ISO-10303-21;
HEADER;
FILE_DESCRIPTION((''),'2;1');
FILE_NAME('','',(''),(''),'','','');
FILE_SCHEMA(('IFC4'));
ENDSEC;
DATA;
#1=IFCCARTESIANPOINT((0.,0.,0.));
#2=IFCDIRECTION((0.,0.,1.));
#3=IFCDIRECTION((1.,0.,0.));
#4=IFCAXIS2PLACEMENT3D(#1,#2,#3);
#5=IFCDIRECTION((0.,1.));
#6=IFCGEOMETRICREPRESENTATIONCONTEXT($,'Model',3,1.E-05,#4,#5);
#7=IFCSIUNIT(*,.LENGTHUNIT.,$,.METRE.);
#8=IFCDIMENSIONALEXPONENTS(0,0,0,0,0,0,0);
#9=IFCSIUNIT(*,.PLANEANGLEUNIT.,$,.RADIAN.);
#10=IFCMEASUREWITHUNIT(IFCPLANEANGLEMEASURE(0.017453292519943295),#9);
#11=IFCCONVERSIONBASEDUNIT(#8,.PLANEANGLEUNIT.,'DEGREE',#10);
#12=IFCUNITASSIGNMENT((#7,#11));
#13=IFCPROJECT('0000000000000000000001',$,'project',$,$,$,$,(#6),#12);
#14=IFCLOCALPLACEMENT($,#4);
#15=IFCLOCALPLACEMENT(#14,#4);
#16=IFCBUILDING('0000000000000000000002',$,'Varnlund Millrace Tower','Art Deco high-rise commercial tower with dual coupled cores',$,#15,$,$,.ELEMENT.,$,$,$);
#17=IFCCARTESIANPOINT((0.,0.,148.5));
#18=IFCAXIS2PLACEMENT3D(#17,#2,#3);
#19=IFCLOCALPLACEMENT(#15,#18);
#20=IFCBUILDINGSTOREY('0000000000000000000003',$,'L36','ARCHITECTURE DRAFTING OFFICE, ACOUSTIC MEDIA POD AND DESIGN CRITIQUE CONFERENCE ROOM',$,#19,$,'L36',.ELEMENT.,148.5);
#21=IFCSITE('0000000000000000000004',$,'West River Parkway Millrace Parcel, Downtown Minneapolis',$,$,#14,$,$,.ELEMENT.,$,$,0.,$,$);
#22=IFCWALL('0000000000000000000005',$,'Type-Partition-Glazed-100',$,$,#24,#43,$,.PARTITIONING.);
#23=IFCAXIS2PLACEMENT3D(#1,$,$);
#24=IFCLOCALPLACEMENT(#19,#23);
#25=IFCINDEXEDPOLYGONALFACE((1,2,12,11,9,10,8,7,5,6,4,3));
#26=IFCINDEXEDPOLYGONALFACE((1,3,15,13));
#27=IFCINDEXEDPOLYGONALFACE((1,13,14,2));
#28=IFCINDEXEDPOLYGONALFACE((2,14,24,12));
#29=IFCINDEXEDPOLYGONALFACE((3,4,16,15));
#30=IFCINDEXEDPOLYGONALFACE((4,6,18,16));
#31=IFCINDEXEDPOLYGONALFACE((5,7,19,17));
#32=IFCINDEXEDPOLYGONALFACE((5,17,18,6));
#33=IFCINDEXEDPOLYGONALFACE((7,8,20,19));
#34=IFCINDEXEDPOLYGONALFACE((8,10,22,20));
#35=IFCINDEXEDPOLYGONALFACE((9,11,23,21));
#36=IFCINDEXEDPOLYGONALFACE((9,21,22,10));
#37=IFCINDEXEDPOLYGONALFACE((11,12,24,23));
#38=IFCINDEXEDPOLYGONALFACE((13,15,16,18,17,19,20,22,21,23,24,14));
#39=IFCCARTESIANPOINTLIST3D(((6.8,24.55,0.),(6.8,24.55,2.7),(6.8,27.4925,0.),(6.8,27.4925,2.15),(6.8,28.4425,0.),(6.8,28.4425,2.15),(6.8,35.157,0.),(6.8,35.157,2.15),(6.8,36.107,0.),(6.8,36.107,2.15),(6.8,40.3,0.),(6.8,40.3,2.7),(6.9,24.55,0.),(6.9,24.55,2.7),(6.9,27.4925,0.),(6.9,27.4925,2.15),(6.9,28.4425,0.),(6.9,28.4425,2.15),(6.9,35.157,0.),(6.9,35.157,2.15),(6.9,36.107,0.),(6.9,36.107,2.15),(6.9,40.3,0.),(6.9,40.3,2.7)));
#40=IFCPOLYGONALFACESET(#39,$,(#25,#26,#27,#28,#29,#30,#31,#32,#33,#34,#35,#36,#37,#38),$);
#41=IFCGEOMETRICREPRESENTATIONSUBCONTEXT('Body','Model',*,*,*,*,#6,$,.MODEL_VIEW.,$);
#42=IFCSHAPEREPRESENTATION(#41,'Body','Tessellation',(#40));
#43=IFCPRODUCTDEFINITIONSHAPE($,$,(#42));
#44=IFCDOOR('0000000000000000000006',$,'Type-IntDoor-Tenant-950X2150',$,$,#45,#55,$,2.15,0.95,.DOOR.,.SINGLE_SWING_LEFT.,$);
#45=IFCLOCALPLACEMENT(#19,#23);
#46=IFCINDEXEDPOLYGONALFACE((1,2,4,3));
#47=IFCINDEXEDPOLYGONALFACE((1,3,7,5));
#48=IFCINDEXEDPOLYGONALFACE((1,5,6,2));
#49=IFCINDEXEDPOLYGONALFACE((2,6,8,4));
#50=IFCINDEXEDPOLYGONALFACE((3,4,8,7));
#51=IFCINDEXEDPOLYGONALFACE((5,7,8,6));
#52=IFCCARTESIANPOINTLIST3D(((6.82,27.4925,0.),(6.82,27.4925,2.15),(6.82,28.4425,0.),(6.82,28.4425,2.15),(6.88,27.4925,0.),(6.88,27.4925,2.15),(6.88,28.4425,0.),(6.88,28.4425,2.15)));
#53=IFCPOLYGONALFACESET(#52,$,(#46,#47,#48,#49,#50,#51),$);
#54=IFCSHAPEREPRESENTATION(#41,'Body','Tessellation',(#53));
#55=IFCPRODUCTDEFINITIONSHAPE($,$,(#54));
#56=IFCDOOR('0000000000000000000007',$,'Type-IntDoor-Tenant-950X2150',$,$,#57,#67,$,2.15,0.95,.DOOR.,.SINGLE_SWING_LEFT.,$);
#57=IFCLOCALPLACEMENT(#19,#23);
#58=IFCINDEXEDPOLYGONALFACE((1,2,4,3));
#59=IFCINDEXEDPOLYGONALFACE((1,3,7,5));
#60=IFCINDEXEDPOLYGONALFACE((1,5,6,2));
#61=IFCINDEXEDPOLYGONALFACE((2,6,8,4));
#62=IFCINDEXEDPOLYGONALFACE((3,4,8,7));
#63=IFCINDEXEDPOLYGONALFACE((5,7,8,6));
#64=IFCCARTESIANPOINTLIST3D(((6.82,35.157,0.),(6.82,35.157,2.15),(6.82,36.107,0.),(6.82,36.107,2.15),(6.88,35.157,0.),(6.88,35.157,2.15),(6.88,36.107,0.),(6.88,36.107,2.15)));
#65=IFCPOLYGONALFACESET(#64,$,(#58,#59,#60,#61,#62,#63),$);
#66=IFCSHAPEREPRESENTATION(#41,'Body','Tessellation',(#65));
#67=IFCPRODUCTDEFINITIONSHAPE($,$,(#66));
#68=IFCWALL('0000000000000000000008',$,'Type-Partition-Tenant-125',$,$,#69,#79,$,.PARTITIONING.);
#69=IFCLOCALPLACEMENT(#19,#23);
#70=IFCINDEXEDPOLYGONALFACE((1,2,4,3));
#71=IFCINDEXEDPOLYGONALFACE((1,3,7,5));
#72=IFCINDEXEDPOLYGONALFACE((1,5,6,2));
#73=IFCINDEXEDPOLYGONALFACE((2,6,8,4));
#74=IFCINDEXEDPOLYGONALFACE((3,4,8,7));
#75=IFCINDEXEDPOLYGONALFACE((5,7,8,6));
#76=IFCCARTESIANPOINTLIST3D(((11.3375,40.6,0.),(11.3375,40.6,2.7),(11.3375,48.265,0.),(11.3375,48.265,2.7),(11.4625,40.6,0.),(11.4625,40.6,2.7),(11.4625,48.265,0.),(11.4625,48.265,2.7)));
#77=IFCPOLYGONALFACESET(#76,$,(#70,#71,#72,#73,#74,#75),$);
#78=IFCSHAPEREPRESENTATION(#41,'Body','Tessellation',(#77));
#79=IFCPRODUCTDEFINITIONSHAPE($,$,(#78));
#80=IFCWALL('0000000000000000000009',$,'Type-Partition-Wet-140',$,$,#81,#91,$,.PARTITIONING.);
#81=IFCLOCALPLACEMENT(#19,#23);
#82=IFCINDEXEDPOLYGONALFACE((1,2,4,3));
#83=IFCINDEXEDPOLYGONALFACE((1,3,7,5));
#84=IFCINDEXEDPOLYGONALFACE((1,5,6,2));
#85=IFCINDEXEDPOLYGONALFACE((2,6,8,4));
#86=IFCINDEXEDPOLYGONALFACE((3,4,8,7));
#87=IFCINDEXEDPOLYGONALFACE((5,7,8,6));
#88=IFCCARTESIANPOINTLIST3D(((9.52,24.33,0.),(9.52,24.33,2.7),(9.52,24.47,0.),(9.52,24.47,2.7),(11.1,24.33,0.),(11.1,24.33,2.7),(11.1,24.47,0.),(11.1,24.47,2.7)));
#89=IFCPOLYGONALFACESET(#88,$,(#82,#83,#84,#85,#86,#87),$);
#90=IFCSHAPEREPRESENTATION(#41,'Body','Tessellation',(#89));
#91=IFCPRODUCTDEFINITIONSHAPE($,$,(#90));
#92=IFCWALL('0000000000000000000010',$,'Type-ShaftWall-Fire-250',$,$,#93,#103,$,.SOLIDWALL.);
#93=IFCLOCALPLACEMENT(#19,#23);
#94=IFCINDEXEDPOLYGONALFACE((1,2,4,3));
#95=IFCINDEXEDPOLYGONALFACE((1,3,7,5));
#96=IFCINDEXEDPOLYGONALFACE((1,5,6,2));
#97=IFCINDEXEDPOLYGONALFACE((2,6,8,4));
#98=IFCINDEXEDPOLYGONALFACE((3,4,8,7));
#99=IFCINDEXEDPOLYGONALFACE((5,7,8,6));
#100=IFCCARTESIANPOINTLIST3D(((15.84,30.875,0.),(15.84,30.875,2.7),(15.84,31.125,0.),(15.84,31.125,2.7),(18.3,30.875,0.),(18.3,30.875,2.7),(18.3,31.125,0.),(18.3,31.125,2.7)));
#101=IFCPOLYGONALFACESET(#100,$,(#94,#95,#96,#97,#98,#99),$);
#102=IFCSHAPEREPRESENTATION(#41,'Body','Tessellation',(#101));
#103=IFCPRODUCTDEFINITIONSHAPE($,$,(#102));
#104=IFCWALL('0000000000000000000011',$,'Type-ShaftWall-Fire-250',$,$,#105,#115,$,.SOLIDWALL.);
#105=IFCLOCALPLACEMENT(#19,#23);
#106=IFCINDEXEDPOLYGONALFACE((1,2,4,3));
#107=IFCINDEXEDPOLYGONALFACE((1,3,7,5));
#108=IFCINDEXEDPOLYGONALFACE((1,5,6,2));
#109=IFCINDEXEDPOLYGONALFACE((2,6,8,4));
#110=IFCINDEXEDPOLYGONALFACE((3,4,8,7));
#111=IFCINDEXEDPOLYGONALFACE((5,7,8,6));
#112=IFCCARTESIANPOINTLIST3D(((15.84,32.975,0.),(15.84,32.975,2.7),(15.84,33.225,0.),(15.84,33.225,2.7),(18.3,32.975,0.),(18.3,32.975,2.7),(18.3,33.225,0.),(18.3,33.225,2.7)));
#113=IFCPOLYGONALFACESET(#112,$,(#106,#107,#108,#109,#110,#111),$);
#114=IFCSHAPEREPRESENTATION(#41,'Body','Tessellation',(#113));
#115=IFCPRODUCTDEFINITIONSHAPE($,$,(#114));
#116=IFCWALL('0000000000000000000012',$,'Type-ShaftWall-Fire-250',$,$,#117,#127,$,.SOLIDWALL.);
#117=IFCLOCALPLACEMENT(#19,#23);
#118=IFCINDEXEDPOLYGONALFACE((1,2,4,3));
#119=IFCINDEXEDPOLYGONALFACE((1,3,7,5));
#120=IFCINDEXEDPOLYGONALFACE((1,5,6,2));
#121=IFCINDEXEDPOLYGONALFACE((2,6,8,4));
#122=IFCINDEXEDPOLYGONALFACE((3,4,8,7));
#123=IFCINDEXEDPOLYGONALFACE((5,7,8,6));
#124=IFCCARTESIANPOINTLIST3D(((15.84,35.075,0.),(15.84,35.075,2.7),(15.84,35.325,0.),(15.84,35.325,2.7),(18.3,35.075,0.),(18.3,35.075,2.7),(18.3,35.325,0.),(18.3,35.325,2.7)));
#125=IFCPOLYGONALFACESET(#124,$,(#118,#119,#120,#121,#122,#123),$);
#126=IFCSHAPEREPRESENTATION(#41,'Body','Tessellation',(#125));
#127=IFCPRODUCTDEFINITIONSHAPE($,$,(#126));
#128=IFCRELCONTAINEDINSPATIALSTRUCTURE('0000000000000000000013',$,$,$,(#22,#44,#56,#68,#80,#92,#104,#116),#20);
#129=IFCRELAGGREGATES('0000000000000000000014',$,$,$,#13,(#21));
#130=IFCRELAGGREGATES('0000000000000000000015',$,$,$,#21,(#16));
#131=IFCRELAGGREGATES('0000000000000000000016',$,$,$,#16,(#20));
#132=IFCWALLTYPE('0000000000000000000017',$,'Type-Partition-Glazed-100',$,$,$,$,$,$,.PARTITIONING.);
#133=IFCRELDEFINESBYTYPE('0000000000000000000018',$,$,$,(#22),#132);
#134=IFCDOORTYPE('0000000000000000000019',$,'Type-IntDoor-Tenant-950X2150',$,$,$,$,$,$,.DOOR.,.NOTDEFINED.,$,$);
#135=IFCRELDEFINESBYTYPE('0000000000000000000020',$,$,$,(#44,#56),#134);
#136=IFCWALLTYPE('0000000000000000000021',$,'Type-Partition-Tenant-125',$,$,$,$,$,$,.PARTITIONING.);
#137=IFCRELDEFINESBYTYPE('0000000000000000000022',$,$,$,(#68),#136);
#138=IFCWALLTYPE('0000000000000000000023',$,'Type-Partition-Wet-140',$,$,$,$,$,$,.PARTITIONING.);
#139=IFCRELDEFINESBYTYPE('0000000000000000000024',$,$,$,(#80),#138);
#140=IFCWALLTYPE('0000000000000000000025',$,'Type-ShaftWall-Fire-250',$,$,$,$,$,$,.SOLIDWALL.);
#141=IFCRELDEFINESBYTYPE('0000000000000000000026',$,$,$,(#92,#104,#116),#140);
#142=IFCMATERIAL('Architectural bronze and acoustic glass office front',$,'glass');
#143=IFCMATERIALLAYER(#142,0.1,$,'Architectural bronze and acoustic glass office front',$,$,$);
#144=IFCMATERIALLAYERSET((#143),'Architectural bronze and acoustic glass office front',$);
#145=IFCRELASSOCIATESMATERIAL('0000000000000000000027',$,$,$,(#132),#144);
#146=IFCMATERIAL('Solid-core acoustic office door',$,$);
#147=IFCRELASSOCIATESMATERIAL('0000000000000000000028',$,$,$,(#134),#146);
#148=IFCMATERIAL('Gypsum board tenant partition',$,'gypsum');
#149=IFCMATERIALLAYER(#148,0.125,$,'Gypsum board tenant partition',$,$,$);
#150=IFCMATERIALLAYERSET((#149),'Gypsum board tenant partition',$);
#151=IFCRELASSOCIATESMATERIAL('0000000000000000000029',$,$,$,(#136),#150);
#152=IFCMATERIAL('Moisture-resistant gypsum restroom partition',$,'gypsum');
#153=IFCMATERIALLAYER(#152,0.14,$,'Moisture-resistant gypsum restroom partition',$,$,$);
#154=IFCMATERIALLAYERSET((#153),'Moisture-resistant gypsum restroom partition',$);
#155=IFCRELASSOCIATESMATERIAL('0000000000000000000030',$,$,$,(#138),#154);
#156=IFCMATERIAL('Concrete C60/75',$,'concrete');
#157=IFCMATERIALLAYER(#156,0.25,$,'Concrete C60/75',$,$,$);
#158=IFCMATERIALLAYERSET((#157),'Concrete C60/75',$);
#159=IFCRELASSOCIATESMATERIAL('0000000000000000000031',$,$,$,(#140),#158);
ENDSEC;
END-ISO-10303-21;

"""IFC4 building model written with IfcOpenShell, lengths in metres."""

from ifc_helpers import new_model, entity, si_unit, converted_unit, direction, frame, origin_with_axes, origin_2d_with_axis, place, context, subcontext, project, spatial, polyline, rectangle, outline, extrude, material, layer, layer_set, type_object, element, fill, save


model = new_model("IFC4")

# Units and contexts
model_context = context("Model", 3, precision=1e-05, world=origin_with_axes(), true_north=direction((0.0, 1.0)))
body_context = subcontext(model_context, "Body", "Model", "MODEL_VIEW")
ifc_project = project(units=[si_unit("LENGTHUNIT", "METRE"), converted_unit("PLANEANGLEUNIT", "DEGREE", entity("IfcPlaneAngleMeasure", 0.017453292519943295), si_unit("PLANEANGLEUNIT", "RADIAN"), dimensions=[0, 0, 0, 0, 0, 0, 0])], contexts=[model_context])

# Site, building, storey
site_placement = place(None, origin_with_axes())
site = spatial("IfcSite", under=ifc_project, at=site_placement, Name="West River Parkway Millrace Parcel, Downtown Minneapolis", CompositionType="ELEMENT", RefElevation=0.0)
building_placement = place(site_placement, origin_with_axes())
building = spatial("IfcBuilding", under=site, at=building_placement, Name="Varnlund Millrace Tower", Description="Art Deco high-rise commercial tower with dual coupled cores", CompositionType="ELEMENT")
storey_placement = place(building_placement, frame((0.0, 0.0, 148.5), z_axis=(0.0, 0.0, 1.0), x_axis=(1.0, 0.0, 0.0)))
storey = spatial("IfcBuildingStorey", under=building, at=storey_placement, Name="L36", Description="ARCHITECTURE DRAFTING OFFICE, ACOUSTIC MEDIA POD AND DESIGN CRITIQUE CONFERENCE ROOM", LongName="L36", CompositionType="ELEMENT", Elevation=148.5)

# Wall, openings, doors
ifc_material_1 = material(Name="Architectural bronze and acoustic glass office front", Category="glass")
ifc_layer_1 = layer(ifc_material_1, 0.1, Name="Architectural bronze and acoustic glass office front")
ifc_layer_set_1 = layer_set([ifc_layer_1], Name="Architectural bronze and acoustic glass office front")
wall_type_1 = type_object("IfcWallType", Name="Type-Partition-Glazed-100", PredefinedType="PARTITIONING", material=ifc_layer_set_1)
wall_1_placement = place(storey_placement, frame((6.85, 24.55, 0.0), z_axis=(0.0, 0.0, 1.0), x_axis=(0.0, 1.0, 0.0)))
wall_1 = element("IfcWall", 1, at=wall_1_placement, inside=storey, type_object=wall_type_1, Name="Type-Partition-Glazed-100", PredefinedType="PARTITIONING", context=body_context, shape_type="SweptSolid", body=[
    extrude(outline(polyline([(0.0, -0.05), (15.75, -0.05), (15.75, 0.05), (0.0, 0.05), (0.0, -0.05)])), origin_with_axes(), (0.0, 0.0, 1.0), 2.7),
])
opening_1_placement = place(wall_1_placement, frame((3.4175, 0.0, 0.0), z_axis=(0.0, 0.0, 1.0), x_axis=(1.0, 0.0, 0.0)))
opening_1 = element("IfcOpeningElement", 2, at=opening_1_placement, cuts=wall_1, PredefinedType="OPENING", context=body_context, shape_type="SweptSolid", body=[
    extrude(rectangle(XDim=0.95, YDim=0.12, at=origin_2d_with_axis()), origin_with_axes(), (0.0, 0.0, 1.0), 2.15),
])
opening_2_placement = place(wall_1_placement, frame((11.082, 0.0, 0.0), z_axis=(0.0, 0.0, 1.0), x_axis=(1.0, 0.0, 0.0)))
opening_2 = element("IfcOpeningElement", 3, at=opening_2_placement, cuts=wall_1, PredefinedType="OPENING", context=body_context, shape_type="SweptSolid", body=[
    extrude(rectangle(XDim=0.95, YDim=0.12, at=origin_2d_with_axis()), origin_with_axes(), (0.0, 0.0, 1.0), 2.15),
])
ifc_material_2 = material(Name="Solid-core acoustic office door")
door_type_1 = type_object("IfcDoorType", Name="Type-IntDoor-Tenant-950X2150", OperationType="NOTDEFINED", PredefinedType="DOOR", material=ifc_material_2)
door_1_placement = place(wall_1_placement, frame((3.4175, 0.0, 0.0), z_axis=(0.0, 0.0, 1.0), x_axis=(1.0, 0.0, 0.0)))
door_1 = element("IfcDoor", 4, at=door_1_placement, inside=storey, type_object=door_type_1, Name="Type-IntDoor-Tenant-950X2150", OperationType="SINGLE_SWING_LEFT", OverallHeight=2.15, OverallWidth=0.95, PredefinedType="DOOR", context=body_context, shape_type="SweptSolid", body=[
    extrude(rectangle(XDim=0.95, YDim=0.06, at=origin_2d_with_axis()), origin_with_axes(), (0.0, 0.0, 1.0), 2.15),
])
fill(opening_1, door_1)
door_2_placement = place(wall_1_placement, frame((11.082, 0.0, 0.0), z_axis=(0.0, 0.0, 1.0), x_axis=(1.0, 0.0, 0.0)))
door_2 = element("IfcDoor", 5, at=door_2_placement, inside=storey, type_object=door_type_1, Name="Type-IntDoor-Tenant-950X2150", OperationType="SINGLE_SWING_LEFT", OverallHeight=2.15, OverallWidth=0.95, PredefinedType="DOOR", context=body_context, shape_type="SweptSolid", body=[
    extrude(rectangle(XDim=0.95, YDim=0.06, at=origin_2d_with_axis()), origin_with_axes(), (0.0, 0.0, 1.0), 2.15),
])
fill(opening_2, door_2)

# Walls
ifc_material_3 = material(Name="Gypsum board tenant partition", Category="gypsum")
ifc_layer_2 = layer(ifc_material_3, 0.125, Name="Gypsum board tenant partition")
ifc_layer_set_2 = layer_set([ifc_layer_2], Name="Gypsum board tenant partition")
wall_type_2 = type_object("IfcWallType", Name="Type-Partition-Tenant-125", PredefinedType="PARTITIONING", material=ifc_layer_set_2)
wall_2_placement = place(storey_placement, frame((11.4, 40.6, 0.0), z_axis=(0.0, 0.0, 1.0), x_axis=(0.0, 1.0, 0.0)))
element("IfcWall", 6, at=wall_2_placement, inside=storey, type_object=wall_type_2, Name="Type-Partition-Tenant-125", PredefinedType="PARTITIONING", context=body_context, shape_type="SweptSolid", body=[
    extrude(outline(polyline([(0.0, -0.0625), (7.665, -0.0625), (7.665, 0.0625), (0.0, 0.0625), (0.0, -0.0625)])), origin_with_axes(), (0.0, 0.0, 1.0), 2.7),
])
ifc_material_4 = material(Name="Moisture-resistant gypsum restroom partition", Category="gypsum")
ifc_layer_3 = layer(ifc_material_4, 0.14, Name="Moisture-resistant gypsum restroom partition")
ifc_layer_set_3 = layer_set([ifc_layer_3], Name="Moisture-resistant gypsum restroom partition")
wall_type_3 = type_object("IfcWallType", Name="Type-Partition-Wet-140", PredefinedType="PARTITIONING", material=ifc_layer_set_3)
wall_3_placement = place(storey_placement, frame((9.52, 24.4, 0.0), z_axis=(0.0, 0.0, 1.0), x_axis=(1.0, 0.0, 0.0)))
element("IfcWall", 7, at=wall_3_placement, inside=storey, type_object=wall_type_3, Name="Type-Partition-Wet-140", PredefinedType="PARTITIONING", context=body_context, shape_type="SweptSolid", body=[
    extrude(outline(polyline([(0.0, -0.07), (1.58, -0.07), (1.58, 0.07), (0.0, 0.07), (0.0, -0.07)])), origin_with_axes(), (0.0, 0.0, 1.0), 2.7),
])
ifc_material_5 = material(Name="Concrete C60/75", Category="concrete")
ifc_layer_4 = layer(ifc_material_5, 0.25, Name="Concrete C60/75")
ifc_layer_set_4 = layer_set([ifc_layer_4], Name="Concrete C60/75")
wall_type_4 = type_object("IfcWallType", Name="Type-ShaftWall-Fire-250", PredefinedType="SOLIDWALL", material=ifc_layer_set_4)
for number, where, z_axis, x_axis, name in (
    (8, (15.84, 31.0, 0.0), (0.0, 0.0, 1.0), (1.0, 0.0, 0.0), "Type-ShaftWall-Fire-250"),
    (9, (15.84, 33.1, 0.0), (0.0, 0.0, 1.0), (1.0, 0.0, 0.0), "Type-ShaftWall-Fire-250"),
    (10, (15.84, 35.2, 0.0), (0.0, 0.0, 1.0), (1.0, 0.0, 0.0), "Type-ShaftWall-Fire-250"),
):
    element("IfcWall", number, at=place(storey_placement, frame(where, z_axis=z_axis, x_axis=x_axis)), inside=storey, type_object=wall_type_4, Name=name, PredefinedType="SOLIDWALL", context=body_context, shape_type="SweptSolid", body=[
        extrude(outline(polyline([(0.0, -0.125), (2.46, -0.125), (2.46, 0.125), (0.0, 0.125), (0.0, -0.125)])), origin_with_axes(), (0.0, 0.0, 1.0), 2.7),
    ])

save(model, "model.ifc")
